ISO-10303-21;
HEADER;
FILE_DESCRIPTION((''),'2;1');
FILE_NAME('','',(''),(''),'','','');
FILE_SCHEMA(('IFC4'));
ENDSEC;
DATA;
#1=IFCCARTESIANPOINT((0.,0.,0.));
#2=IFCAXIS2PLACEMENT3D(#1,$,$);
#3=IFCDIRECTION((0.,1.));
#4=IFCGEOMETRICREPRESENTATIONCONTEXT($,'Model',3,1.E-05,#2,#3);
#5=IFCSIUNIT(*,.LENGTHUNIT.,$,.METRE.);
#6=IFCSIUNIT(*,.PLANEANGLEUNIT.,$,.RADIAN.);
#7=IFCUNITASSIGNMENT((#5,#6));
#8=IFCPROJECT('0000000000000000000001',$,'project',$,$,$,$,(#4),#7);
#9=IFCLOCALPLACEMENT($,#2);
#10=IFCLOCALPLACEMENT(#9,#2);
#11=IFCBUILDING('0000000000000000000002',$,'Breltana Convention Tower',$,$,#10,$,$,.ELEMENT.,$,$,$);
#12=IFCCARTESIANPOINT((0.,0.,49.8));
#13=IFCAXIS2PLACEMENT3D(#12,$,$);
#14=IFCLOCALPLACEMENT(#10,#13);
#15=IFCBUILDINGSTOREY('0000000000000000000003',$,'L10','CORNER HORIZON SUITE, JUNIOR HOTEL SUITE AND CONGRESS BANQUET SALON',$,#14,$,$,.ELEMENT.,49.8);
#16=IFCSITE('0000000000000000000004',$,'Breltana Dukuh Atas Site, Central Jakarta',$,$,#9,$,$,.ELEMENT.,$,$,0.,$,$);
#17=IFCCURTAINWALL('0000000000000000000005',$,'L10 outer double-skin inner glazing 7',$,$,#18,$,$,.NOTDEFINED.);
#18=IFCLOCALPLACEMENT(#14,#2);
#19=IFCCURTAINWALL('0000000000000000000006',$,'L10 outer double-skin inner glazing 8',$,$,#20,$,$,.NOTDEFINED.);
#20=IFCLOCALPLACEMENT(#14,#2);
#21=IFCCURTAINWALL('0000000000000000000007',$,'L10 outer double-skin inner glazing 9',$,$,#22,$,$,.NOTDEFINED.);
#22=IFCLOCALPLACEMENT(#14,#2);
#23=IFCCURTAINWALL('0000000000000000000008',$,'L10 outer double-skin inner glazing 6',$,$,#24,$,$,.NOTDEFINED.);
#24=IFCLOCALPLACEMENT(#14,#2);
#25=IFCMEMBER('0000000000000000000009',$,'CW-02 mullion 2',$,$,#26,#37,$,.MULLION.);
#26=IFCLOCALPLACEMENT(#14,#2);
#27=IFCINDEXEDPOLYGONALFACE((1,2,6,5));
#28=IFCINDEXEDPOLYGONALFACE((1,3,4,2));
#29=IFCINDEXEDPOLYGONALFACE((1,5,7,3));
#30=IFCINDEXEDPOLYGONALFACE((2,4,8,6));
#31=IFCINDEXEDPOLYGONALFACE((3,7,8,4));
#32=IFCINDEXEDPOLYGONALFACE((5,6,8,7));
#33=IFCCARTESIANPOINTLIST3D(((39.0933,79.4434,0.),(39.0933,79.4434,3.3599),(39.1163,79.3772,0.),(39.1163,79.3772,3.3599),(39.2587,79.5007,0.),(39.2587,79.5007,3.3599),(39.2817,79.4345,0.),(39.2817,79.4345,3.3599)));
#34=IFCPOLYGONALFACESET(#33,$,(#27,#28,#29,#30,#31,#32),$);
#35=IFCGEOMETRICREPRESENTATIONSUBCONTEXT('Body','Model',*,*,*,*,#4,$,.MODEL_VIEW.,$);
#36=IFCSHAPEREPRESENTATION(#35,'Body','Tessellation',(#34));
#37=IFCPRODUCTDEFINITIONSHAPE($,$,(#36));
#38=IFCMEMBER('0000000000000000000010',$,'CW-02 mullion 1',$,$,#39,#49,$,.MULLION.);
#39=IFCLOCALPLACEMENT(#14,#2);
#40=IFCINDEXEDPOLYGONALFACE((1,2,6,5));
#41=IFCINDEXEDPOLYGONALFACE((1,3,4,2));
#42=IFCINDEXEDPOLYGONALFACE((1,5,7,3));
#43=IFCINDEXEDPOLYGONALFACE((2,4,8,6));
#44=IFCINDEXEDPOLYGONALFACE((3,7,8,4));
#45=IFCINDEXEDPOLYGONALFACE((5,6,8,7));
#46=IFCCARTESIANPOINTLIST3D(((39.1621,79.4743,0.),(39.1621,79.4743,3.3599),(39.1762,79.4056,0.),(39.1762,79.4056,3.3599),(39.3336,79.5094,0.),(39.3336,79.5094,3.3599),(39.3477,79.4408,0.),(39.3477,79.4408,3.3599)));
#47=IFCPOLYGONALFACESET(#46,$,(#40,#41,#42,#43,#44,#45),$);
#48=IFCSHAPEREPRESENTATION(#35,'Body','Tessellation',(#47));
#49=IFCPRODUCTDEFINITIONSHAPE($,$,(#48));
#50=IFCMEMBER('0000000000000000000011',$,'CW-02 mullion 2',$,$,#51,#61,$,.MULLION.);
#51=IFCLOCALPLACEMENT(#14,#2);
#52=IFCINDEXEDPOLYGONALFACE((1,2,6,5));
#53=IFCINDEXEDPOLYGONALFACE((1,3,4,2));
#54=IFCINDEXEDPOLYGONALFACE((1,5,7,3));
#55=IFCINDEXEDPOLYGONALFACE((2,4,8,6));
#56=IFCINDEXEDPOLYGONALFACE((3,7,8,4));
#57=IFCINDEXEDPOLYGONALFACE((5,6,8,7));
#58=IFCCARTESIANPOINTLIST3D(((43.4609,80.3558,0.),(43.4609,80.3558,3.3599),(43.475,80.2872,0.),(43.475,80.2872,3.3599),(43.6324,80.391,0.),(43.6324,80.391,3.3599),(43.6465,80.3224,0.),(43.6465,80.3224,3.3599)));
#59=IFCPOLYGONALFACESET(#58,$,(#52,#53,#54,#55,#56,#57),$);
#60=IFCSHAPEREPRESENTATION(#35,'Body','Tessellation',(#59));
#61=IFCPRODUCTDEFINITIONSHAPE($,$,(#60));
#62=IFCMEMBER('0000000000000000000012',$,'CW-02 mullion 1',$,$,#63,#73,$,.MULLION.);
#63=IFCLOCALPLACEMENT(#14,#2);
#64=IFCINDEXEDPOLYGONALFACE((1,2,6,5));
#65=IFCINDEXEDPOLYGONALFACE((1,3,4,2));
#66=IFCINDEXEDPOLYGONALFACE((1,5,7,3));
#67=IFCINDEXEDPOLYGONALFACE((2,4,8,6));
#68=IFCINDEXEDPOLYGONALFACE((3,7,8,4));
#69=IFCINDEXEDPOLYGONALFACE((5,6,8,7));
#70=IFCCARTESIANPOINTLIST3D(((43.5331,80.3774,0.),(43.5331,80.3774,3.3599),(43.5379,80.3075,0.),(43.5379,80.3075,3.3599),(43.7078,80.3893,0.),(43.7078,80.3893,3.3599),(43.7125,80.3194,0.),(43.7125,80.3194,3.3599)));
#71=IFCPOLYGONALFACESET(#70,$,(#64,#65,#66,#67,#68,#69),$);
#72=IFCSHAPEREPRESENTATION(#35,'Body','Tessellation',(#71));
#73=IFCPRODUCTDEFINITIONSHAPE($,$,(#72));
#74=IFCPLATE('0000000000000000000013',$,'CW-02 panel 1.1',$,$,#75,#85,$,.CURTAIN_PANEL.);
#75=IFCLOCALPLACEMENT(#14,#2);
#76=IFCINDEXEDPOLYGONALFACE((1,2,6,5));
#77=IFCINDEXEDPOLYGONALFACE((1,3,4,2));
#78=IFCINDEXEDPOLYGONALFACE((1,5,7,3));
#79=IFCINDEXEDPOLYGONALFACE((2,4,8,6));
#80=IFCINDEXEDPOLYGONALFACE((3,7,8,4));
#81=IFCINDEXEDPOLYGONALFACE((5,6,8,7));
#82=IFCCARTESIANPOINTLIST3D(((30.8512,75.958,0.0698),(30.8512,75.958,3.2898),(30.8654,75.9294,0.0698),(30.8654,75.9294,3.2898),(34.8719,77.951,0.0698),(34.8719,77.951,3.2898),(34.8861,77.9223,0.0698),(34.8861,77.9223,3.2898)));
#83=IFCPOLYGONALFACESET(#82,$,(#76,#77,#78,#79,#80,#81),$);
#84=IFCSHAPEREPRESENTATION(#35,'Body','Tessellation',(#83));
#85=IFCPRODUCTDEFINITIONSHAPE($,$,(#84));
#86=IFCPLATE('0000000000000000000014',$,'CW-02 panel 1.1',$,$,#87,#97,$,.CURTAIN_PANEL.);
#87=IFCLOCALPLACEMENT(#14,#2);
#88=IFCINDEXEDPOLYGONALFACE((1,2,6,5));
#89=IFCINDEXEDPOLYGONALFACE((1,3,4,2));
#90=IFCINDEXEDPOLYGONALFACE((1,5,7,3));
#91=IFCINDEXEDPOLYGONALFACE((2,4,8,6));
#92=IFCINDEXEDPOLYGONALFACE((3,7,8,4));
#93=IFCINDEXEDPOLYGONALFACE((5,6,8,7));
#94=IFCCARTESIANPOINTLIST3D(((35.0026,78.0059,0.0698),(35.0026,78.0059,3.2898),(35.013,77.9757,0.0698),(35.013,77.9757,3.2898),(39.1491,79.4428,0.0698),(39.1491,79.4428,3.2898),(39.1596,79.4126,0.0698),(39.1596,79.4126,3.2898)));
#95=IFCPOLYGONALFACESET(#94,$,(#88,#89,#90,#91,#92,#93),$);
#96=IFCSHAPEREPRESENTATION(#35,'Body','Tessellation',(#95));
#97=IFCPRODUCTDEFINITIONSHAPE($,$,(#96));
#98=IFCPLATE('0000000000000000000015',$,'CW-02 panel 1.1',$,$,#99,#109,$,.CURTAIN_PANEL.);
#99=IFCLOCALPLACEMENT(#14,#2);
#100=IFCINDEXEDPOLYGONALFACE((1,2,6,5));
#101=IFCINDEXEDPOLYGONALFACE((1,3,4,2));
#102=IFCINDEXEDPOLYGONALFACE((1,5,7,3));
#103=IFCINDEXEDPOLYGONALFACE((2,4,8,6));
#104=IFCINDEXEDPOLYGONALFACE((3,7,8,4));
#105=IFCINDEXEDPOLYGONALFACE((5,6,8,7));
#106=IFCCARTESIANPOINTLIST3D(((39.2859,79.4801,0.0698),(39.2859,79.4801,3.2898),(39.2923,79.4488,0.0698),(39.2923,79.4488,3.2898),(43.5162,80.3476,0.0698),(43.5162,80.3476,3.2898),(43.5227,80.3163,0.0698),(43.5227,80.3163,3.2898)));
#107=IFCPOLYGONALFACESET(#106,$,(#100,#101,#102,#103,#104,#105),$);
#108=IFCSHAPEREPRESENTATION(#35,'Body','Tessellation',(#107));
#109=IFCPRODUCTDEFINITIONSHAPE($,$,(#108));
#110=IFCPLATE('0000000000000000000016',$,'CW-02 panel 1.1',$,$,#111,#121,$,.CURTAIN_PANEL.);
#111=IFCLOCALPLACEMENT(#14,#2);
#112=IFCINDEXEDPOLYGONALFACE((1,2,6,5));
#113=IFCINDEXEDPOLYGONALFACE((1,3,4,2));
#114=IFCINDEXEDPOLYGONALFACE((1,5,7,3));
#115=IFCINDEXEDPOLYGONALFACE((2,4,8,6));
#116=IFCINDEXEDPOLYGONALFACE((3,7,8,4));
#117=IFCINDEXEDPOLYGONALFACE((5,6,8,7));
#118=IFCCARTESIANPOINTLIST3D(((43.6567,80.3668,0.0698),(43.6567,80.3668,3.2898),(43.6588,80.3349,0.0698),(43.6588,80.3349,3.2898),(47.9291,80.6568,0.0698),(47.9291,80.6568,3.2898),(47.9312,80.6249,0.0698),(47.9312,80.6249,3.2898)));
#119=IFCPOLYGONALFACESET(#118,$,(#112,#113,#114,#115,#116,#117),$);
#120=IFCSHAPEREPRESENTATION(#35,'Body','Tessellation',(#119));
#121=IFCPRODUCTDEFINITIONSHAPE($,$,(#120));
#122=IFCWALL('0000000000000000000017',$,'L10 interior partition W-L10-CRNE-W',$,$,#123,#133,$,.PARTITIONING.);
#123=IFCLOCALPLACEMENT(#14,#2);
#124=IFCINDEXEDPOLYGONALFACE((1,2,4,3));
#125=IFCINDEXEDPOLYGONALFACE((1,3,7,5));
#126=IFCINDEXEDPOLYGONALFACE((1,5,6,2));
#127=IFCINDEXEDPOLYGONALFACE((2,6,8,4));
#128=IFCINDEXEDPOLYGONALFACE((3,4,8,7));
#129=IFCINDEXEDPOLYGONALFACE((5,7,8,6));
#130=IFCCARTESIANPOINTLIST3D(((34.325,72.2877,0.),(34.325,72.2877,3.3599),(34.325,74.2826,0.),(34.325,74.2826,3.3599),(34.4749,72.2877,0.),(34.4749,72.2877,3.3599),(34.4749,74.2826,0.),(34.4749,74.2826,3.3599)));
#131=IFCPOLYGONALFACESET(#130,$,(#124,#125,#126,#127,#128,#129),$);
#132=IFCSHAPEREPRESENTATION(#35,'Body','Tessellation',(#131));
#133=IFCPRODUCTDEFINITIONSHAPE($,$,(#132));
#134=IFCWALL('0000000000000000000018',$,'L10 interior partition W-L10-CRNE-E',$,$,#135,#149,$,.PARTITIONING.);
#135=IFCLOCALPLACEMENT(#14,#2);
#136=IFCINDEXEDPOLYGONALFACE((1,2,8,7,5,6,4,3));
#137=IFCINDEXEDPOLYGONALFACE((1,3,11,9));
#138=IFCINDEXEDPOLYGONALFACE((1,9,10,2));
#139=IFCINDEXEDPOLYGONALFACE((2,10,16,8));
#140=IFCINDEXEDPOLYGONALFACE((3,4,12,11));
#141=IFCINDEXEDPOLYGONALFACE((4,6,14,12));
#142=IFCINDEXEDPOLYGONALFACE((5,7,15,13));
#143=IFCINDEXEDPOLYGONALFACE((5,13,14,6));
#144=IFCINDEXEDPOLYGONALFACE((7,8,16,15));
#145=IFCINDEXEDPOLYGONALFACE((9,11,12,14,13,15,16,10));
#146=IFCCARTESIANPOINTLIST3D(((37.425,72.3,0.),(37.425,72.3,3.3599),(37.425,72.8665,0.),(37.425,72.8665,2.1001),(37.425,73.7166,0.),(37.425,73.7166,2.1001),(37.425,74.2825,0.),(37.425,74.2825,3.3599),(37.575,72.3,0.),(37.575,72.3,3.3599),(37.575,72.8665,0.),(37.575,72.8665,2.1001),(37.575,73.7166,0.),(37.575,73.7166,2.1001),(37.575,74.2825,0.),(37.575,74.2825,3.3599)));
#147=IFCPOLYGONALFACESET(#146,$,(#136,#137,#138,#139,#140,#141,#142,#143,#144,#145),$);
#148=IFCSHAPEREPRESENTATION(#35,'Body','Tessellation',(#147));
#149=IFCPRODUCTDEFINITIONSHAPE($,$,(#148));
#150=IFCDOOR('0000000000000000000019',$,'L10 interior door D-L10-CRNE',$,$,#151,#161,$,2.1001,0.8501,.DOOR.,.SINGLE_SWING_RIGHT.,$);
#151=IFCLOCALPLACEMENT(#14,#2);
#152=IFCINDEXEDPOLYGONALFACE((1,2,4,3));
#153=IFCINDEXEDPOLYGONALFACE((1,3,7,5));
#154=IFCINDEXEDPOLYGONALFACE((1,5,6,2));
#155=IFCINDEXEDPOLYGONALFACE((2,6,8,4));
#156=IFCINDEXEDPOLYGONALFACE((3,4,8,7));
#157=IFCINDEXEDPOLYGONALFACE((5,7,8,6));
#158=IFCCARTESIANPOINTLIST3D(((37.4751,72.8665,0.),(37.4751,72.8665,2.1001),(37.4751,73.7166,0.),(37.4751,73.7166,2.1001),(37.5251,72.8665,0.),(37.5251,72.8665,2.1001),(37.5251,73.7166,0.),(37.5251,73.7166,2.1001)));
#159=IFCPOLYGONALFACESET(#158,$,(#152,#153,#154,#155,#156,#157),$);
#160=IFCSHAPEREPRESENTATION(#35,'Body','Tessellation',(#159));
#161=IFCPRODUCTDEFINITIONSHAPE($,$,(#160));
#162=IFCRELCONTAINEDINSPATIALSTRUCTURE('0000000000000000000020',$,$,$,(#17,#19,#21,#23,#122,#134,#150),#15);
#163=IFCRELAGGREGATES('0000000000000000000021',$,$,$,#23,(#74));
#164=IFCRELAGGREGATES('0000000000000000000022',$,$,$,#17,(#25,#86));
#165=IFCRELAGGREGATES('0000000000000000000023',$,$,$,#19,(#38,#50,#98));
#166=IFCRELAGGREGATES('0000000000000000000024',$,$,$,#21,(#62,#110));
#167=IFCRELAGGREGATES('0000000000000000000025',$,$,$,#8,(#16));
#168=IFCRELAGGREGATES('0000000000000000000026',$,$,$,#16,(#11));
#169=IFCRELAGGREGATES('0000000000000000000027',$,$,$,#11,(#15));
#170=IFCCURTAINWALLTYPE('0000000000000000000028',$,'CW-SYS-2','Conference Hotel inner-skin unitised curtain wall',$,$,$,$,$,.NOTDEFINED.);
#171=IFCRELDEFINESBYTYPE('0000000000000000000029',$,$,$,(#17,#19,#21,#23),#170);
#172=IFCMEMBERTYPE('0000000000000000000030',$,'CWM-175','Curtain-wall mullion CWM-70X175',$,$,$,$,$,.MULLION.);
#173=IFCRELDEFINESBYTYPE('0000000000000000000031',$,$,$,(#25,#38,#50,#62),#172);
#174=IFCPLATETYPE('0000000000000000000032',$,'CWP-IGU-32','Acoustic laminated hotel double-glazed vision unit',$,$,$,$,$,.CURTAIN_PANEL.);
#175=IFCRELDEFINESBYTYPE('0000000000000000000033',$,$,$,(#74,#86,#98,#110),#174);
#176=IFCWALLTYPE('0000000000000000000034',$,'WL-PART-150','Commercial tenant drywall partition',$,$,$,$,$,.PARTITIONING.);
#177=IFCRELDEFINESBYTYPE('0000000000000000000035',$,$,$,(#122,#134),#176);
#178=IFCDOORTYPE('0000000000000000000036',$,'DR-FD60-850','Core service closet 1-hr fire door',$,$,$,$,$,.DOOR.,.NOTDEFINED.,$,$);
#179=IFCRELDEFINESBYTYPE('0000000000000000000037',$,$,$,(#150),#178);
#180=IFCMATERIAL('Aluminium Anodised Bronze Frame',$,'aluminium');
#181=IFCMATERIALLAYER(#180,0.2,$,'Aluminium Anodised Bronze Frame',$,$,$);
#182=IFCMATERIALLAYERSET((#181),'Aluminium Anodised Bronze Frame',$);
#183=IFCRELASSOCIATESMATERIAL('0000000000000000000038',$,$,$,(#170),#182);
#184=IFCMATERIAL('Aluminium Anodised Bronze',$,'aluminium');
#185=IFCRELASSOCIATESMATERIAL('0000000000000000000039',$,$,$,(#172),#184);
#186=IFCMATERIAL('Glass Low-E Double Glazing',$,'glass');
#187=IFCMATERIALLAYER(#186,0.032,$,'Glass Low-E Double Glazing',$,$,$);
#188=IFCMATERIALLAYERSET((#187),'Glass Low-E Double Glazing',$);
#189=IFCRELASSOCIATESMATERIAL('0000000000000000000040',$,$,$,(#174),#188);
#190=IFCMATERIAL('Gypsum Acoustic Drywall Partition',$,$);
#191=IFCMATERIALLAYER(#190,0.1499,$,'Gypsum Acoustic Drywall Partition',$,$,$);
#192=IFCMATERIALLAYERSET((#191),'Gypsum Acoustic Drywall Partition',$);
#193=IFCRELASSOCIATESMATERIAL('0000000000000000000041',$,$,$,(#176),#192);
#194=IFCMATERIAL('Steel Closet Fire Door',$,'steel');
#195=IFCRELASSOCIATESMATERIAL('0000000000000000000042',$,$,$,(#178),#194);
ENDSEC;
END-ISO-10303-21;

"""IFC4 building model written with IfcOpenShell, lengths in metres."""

from ifc_helpers import new_model, si_unit, direction, frame, frame_2d, origin, origin_2d, place, context, subcontext, project, spatial, rectangle, extrude, source, transform, mapped, material, layer, layer_set, material_profile, profile_set, type_object, type_shapes, element, fill, aggregate, save


model = new_model("IFC4")

# Units and contexts
model_context = context("Model", 3, precision=1e-05, world=origin(), true_north=direction((0.0, 1.0)))
body_context = subcontext(model_context, "Body", "Model", "MODEL_VIEW")
ifc_project = project(units=[si_unit("LENGTHUNIT", "METRE"), si_unit("PLANEANGLEUNIT", "RADIAN")], contexts=[model_context])

# Site, building, storey
site_placement = place(None, origin())
site = spatial("IfcSite", under=ifc_project, at=site_placement, Name="Breltana Dukuh Atas Site, Central Jakarta", CompositionType="ELEMENT", RefElevation=0.0)
building_placement = place(site_placement, origin())
building = spatial("IfcBuilding", under=site, at=building_placement, Name="Breltana Convention Tower", CompositionType="ELEMENT")
storey_placement = place(building_placement, frame((0.0, 0.0, 49.8)))
storey = spatial("IfcBuildingStorey", under=building, at=storey_placement, Name="L10", Description="CORNER HORIZON SUITE, JUNIOR HOTEL SUITE AND CONGRESS BANQUET SALON", CompositionType="ELEMENT", Elevation=49.8)

# Curtain walls
ifc_material_1 = material(Name="Aluminium Anodised Bronze Frame", Category="aluminium")
ifc_layer_1 = layer(ifc_material_1, 0.2, Name="Aluminium Anodised Bronze Frame")
ifc_layer_set_1 = layer_set([ifc_layer_1], Name="Aluminium Anodised Bronze Frame")
curtain_wall_type = type_object("IfcCurtainWallType", Name="CW-SYS-2", Description="Conference Hotel inner-skin unitised curtain wall", PredefinedType="NOTDEFINED", material=ifc_layer_set_1)
curtain_wall_1_placement = place(storey_placement, origin())
curtain_wall_1 = element("IfcCurtainWall", 1, at=curtain_wall_1_placement, inside=storey, type_object=curtain_wall_type, Name="L10 outer double-skin inner glazing 7", PredefinedType="NOTDEFINED")
ifc_material_2 = material(Name="Aluminium Anodised Bronze", Category="aluminium")
curtain_wall_2_placement = place(storey_placement, origin())
curtain_wall_2 = element("IfcCurtainWall", 2, at=curtain_wall_2_placement, inside=storey, type_object=curtain_wall_type, Name="L10 outer double-skin inner glazing 8", PredefinedType="NOTDEFINED")
curtain_wall_3_placement = place(storey_placement, origin())
curtain_wall_3 = element("IfcCurtainWall", 3, at=curtain_wall_3_placement, inside=storey, type_object=curtain_wall_type, Name="L10 outer double-skin inner glazing 9", PredefinedType="NOTDEFINED")

# Curtain wall
curtain_wall_4_placement = place(storey_placement, origin())
curtain_wall_4 = element("IfcCurtainWall", 4, at=curtain_wall_4_placement, inside=storey, type_object=curtain_wall_type, Name="L10 outer double-skin inner glazing 6", PredefinedType="NOTDEFINED")
ifc_material_profile_1 = material_profile(ifc_material_2, rectangle(XDim=0.0701, YDim=0.175, at=origin_2d()), Name="CWM-70X175")
ifc_profile_set_1 = profile_set([ifc_material_profile_1], Name="Aluminium Anodised Bronze")
member_type_1 = type_object("IfcMemberType", Name="CWM-175", Description="Curtain-wall mullion CWM-70X175", PredefinedType="MULLION", material=ifc_profile_set_1)
shared_shape_1 = source(origin(), body_context, "Body", "SweptSolid", [
    extrude(rectangle(XDim=0.0701, YDim=0.175, at=origin_2d()), origin(), (0.0, 0.0, 1.0), 3.3599),
])

# Members
member_1_placement = place(storey_placement, frame((39.1875, 79.439, 0.0), z_axis=(0.0, 0.0, 1.0), x_axis=(-0.327428, 0.944876, 0.0)))
member_1 = element("IfcMember", 5, at=member_1_placement, type_object=member_type_1, Name="CW-02 mullion 2", PredefinedType="MULLION", context=body_context, shape_type="MappedRepresentation", body=[
    mapped(shared_shape_1, transform((0.0, 0.0, 0.0), scale=1.0)),
])
member_2_placement = place(storey_placement, frame((39.2549, 79.4575, 0.0), z_axis=(0.0, 0.0, 1.0), x_axis=(-0.200885, 0.979615, 0.0)))
member_2 = element("IfcMember", 6, at=member_2_placement, type_object=member_type_1, Name="CW-02 mullion 1", PredefinedType="MULLION", context=body_context, shape_type="MappedRepresentation", body=[
    mapped(shared_shape_1, transform((0.0, 0.0, 0.0), scale=1.0)),
])
member_3_placement = place(storey_placement, frame((43.5537, 80.3391, 0.0), z_axis=(0.0, 0.0, 1.0), x_axis=(-0.200885, 0.979615, 0.0)))
member_3 = element("IfcMember", 7, at=member_3_placement, type_object=member_type_1, Name="CW-02 mullion 2", PredefinedType="MULLION", context=body_context, shape_type="MappedRepresentation", body=[
    mapped(shared_shape_1, transform((0.0, 0.0, 0.0), scale=1.0)),
])
member_4_placement = place(storey_placement, frame((43.6228, 80.3484, 0.0), z_axis=(0.0, 0.0, 1.0), x_axis=(-0.067726, 0.997704, 0.0)))
member_4 = element("IfcMember", 8, at=member_4_placement, type_object=member_type_1, Name="CW-02 mullion 1", PredefinedType="MULLION", context=body_context, shape_type="MappedRepresentation", body=[
    mapped(shared_shape_1, transform((0.0, 0.0, 0.0), scale=1.0)),
])

# Plates
ifc_material_3 = material(Name="Glass Low-E Double Glazing", Category="glass")
ifc_layer_2 = layer(ifc_material_3, 0.032, Name="Glass Low-E Double Glazing")
ifc_layer_set_2 = layer_set([ifc_layer_2], Name="Glass Low-E Double Glazing")
plate_type = type_object("IfcPlateType", Name="CWP-IGU-32", Description="Acoustic laminated hotel double-glazed vision unit", PredefinedType="CURTAIN_PANEL", material=ifc_layer_set_2)
shared_shape_2 = source(origin(), body_context, "Body", "SweptSolid", [
    extrude(rectangle(XDim=4.4875, YDim=0.032, at=origin_2d()), origin(), (0.0, 0.0, 1.0), 3.22),
])
plate_1_placement = place(storey_placement, frame((32.8687, 76.9402, 0.0698), z_axis=(0.0, 0.0, 1.0), x_axis=(0.895973, 0.444108, 0.0)))
plate_1 = element("IfcPlate", 9, at=plate_1_placement, type_object=plate_type, Name="CW-02 panel 1.1", PredefinedType="CURTAIN_PANEL", context=body_context, shape_type="MappedRepresentation", body=[
    mapped(shared_shape_2, transform((0.0, 0.0, 0.0), scale=1.0)),
])
aggregate(curtain_wall_4, [plate_1])
shared_shape_3 = source(origin(), body_context, "Body", "SweptSolid", [
    extrude(rectangle(XDim=4.3884, YDim=0.032, at=origin_2d()), origin(), (0.0, 0.0, 1.0), 3.22),
])
plate_2_placement = place(storey_placement, frame((37.0811, 78.7092, 0.0698), z_axis=(0.0, 0.0, 1.0), x_axis=(0.944876, 0.327428, 0.0)))
plate_2 = element("IfcPlate", 10, at=plate_2_placement, type_object=plate_type, Name="CW-02 panel 1.1", PredefinedType="CURTAIN_PANEL", context=body_context, shape_type="MappedRepresentation", body=[
    mapped(shared_shape_3, transform((0.0, 0.0, 0.0), scale=1.0)),
])
aggregate(curtain_wall_1, [member_1, plate_2])
shared_shape_4 = source(origin(), body_context, "Body", "SweptSolid", [
    extrude(rectangle(XDim=4.3184, YDim=0.032, at=origin_2d()), origin(), (0.0, 0.0, 1.0), 3.22),
])
plate_3_placement = place(storey_placement, frame((41.4043, 79.8982, 0.0698), z_axis=(0.0, 0.0, 1.0), x_axis=(0.979615, 0.200885, 0.0)))
plate_3 = element("IfcPlate", 11, at=plate_3_placement, type_object=plate_type, Name="CW-02 panel 1.1", PredefinedType="CURTAIN_PANEL", context=body_context, shape_type="MappedRepresentation", body=[
    mapped(shared_shape_4, transform((0.0, 0.0, 0.0), scale=1.0)),
])
aggregate(curtain_wall_2, [member_2, member_3, plate_3])
shared_shape_5 = source(origin(), body_context, "Body", "SweptSolid", [
    extrude(rectangle(XDim=4.2822, YDim=0.032, at=origin_2d()), origin(), (0.0, 0.0, 1.0), 3.22),
])
plate_4_placement = place(storey_placement, frame((45.7939, 80.4958, 0.0698), z_axis=(0.0, 0.0, 1.0), x_axis=(0.997704, 0.067726, 0.0)))
plate_4 = element("IfcPlate", 12, at=plate_4_placement, type_object=plate_type, Name="CW-02 panel 1.1", PredefinedType="CURTAIN_PANEL", context=body_context, shape_type="MappedRepresentation", body=[
    mapped(shared_shape_5, transform((0.0, 0.0, 0.0), scale=1.0)),
])
aggregate(curtain_wall_3, [member_4, plate_4])

# Wall
ifc_material_4 = material(Name="Gypsum Acoustic Drywall Partition")
ifc_layer_3 = layer(ifc_material_4, 0.1499, Name="Gypsum Acoustic Drywall Partition")
ifc_layer_set_3 = layer_set([ifc_layer_3], Name="Gypsum Acoustic Drywall Partition")
wall_type_1 = type_object("IfcWallType", Name="WL-PART-150", Description="Commercial tenant drywall partition", PredefinedType="PARTITIONING", material=ifc_layer_set_3)
shared_shape_6 = source(origin(), body_context, "Body", "SweptSolid", [
    extrude(rectangle(XDim=1.9949, YDim=0.1499, at=frame_2d((0.9976, 0.0))), origin(), (0.0, 0.0, 1.0), 3.3599),
])
wall_1_placement = place(storey_placement, frame((34.3999, 72.2876, 0.0), z_axis=(0.0, 0.0, 1.0), x_axis=(0.0, 1.0, 0.0)))
element("IfcWall", 13, at=wall_1_placement, inside=storey, type_object=wall_type_1, Name="L10 interior partition W-L10-CRNE-W", PredefinedType="PARTITIONING", context=body_context, shape_type="MappedRepresentation", body=[
    mapped(shared_shape_6, transform((0.0, 0.0, 0.0), scale=1.0)),
])

# Wall, opening, door
shared_shape_7 = source(origin(), body_context, "Body", "SweptSolid", [
    extrude(rectangle(XDim=1.9824, YDim=0.1499, at=frame_2d((0.9912, 0.0))), origin(), (0.0, 0.0, 1.0), 3.3599),
])
wall_2_placement = place(storey_placement, frame((37.5, 72.3, 0.0), z_axis=(0.0, 0.0, 1.0), x_axis=(0.0, 1.0, 0.0)))
wall_2 = element("IfcWall", 14, at=wall_2_placement, inside=storey, type_object=wall_type_1, Name="L10 interior partition W-L10-CRNE-E", PredefinedType="PARTITIONING", context=body_context, shape_type="MappedRepresentation", body=[
    mapped(shared_shape_7, transform((0.0, 0.0, 0.0), scale=1.0)),
])
opening_1_placement = place(wall_2_placement, frame((0.5664, 0.0, 0.0)))
opening_1 = element("IfcOpeningElement", 15, at=opening_1_placement, cuts=wall_2, PredefinedType="OPENING", context=body_context, shape_type="SweptSolid", body=[
    extrude(rectangle(XDim=0.8501, YDim=2.1001, at=frame_2d((0.425, 1.05))), frame((0.0, 0.085, 0.0), z_axis=(0.0, -1.0, 0.0), x_axis=(1.0, 0.0, 0.0)), (0.0, 0.0, 1.0), 0.1699),
])
ifc_material_5 = material(Name="Steel Closet Fire Door", Category="steel")
door_type_1 = type_object("IfcDoorType", Name="DR-FD60-850", Description="Core service closet 1-hr fire door", OperationType="NOTDEFINED", PredefinedType="DOOR", material=ifc_material_5)
shared_shape_8 = source(origin(), body_context, "Body", "SweptSolid", [
    extrude(rectangle(XDim=0.8501, YDim=2.1001, at=frame_2d((0.425, 1.05))), frame((0.0, 0.0249, 0.0), z_axis=(0.0, -1.0, 0.0), x_axis=(1.0, 0.0, 0.0)), (0.0, 0.0, 1.0), 0.05),
])
type_shapes(door_type_1, [shared_shape_8])
door_1_placement = place(opening_1_placement, origin())
door_1 = element("IfcDoor", 16, at=door_1_placement, inside=storey, type_object=door_type_1, Name="L10 interior door D-L10-CRNE", OperationType="SINGLE_SWING_RIGHT", OverallHeight=2.1001, OverallWidth=0.8501, PredefinedType="DOOR", context=body_context, shape_type="MappedRepresentation", body=[
    mapped(shared_shape_8, transform((0.0, 0.0, 0.0), scale=1.0)),
])
fill(opening_1, door_1)

save(model, "model.ifc")
